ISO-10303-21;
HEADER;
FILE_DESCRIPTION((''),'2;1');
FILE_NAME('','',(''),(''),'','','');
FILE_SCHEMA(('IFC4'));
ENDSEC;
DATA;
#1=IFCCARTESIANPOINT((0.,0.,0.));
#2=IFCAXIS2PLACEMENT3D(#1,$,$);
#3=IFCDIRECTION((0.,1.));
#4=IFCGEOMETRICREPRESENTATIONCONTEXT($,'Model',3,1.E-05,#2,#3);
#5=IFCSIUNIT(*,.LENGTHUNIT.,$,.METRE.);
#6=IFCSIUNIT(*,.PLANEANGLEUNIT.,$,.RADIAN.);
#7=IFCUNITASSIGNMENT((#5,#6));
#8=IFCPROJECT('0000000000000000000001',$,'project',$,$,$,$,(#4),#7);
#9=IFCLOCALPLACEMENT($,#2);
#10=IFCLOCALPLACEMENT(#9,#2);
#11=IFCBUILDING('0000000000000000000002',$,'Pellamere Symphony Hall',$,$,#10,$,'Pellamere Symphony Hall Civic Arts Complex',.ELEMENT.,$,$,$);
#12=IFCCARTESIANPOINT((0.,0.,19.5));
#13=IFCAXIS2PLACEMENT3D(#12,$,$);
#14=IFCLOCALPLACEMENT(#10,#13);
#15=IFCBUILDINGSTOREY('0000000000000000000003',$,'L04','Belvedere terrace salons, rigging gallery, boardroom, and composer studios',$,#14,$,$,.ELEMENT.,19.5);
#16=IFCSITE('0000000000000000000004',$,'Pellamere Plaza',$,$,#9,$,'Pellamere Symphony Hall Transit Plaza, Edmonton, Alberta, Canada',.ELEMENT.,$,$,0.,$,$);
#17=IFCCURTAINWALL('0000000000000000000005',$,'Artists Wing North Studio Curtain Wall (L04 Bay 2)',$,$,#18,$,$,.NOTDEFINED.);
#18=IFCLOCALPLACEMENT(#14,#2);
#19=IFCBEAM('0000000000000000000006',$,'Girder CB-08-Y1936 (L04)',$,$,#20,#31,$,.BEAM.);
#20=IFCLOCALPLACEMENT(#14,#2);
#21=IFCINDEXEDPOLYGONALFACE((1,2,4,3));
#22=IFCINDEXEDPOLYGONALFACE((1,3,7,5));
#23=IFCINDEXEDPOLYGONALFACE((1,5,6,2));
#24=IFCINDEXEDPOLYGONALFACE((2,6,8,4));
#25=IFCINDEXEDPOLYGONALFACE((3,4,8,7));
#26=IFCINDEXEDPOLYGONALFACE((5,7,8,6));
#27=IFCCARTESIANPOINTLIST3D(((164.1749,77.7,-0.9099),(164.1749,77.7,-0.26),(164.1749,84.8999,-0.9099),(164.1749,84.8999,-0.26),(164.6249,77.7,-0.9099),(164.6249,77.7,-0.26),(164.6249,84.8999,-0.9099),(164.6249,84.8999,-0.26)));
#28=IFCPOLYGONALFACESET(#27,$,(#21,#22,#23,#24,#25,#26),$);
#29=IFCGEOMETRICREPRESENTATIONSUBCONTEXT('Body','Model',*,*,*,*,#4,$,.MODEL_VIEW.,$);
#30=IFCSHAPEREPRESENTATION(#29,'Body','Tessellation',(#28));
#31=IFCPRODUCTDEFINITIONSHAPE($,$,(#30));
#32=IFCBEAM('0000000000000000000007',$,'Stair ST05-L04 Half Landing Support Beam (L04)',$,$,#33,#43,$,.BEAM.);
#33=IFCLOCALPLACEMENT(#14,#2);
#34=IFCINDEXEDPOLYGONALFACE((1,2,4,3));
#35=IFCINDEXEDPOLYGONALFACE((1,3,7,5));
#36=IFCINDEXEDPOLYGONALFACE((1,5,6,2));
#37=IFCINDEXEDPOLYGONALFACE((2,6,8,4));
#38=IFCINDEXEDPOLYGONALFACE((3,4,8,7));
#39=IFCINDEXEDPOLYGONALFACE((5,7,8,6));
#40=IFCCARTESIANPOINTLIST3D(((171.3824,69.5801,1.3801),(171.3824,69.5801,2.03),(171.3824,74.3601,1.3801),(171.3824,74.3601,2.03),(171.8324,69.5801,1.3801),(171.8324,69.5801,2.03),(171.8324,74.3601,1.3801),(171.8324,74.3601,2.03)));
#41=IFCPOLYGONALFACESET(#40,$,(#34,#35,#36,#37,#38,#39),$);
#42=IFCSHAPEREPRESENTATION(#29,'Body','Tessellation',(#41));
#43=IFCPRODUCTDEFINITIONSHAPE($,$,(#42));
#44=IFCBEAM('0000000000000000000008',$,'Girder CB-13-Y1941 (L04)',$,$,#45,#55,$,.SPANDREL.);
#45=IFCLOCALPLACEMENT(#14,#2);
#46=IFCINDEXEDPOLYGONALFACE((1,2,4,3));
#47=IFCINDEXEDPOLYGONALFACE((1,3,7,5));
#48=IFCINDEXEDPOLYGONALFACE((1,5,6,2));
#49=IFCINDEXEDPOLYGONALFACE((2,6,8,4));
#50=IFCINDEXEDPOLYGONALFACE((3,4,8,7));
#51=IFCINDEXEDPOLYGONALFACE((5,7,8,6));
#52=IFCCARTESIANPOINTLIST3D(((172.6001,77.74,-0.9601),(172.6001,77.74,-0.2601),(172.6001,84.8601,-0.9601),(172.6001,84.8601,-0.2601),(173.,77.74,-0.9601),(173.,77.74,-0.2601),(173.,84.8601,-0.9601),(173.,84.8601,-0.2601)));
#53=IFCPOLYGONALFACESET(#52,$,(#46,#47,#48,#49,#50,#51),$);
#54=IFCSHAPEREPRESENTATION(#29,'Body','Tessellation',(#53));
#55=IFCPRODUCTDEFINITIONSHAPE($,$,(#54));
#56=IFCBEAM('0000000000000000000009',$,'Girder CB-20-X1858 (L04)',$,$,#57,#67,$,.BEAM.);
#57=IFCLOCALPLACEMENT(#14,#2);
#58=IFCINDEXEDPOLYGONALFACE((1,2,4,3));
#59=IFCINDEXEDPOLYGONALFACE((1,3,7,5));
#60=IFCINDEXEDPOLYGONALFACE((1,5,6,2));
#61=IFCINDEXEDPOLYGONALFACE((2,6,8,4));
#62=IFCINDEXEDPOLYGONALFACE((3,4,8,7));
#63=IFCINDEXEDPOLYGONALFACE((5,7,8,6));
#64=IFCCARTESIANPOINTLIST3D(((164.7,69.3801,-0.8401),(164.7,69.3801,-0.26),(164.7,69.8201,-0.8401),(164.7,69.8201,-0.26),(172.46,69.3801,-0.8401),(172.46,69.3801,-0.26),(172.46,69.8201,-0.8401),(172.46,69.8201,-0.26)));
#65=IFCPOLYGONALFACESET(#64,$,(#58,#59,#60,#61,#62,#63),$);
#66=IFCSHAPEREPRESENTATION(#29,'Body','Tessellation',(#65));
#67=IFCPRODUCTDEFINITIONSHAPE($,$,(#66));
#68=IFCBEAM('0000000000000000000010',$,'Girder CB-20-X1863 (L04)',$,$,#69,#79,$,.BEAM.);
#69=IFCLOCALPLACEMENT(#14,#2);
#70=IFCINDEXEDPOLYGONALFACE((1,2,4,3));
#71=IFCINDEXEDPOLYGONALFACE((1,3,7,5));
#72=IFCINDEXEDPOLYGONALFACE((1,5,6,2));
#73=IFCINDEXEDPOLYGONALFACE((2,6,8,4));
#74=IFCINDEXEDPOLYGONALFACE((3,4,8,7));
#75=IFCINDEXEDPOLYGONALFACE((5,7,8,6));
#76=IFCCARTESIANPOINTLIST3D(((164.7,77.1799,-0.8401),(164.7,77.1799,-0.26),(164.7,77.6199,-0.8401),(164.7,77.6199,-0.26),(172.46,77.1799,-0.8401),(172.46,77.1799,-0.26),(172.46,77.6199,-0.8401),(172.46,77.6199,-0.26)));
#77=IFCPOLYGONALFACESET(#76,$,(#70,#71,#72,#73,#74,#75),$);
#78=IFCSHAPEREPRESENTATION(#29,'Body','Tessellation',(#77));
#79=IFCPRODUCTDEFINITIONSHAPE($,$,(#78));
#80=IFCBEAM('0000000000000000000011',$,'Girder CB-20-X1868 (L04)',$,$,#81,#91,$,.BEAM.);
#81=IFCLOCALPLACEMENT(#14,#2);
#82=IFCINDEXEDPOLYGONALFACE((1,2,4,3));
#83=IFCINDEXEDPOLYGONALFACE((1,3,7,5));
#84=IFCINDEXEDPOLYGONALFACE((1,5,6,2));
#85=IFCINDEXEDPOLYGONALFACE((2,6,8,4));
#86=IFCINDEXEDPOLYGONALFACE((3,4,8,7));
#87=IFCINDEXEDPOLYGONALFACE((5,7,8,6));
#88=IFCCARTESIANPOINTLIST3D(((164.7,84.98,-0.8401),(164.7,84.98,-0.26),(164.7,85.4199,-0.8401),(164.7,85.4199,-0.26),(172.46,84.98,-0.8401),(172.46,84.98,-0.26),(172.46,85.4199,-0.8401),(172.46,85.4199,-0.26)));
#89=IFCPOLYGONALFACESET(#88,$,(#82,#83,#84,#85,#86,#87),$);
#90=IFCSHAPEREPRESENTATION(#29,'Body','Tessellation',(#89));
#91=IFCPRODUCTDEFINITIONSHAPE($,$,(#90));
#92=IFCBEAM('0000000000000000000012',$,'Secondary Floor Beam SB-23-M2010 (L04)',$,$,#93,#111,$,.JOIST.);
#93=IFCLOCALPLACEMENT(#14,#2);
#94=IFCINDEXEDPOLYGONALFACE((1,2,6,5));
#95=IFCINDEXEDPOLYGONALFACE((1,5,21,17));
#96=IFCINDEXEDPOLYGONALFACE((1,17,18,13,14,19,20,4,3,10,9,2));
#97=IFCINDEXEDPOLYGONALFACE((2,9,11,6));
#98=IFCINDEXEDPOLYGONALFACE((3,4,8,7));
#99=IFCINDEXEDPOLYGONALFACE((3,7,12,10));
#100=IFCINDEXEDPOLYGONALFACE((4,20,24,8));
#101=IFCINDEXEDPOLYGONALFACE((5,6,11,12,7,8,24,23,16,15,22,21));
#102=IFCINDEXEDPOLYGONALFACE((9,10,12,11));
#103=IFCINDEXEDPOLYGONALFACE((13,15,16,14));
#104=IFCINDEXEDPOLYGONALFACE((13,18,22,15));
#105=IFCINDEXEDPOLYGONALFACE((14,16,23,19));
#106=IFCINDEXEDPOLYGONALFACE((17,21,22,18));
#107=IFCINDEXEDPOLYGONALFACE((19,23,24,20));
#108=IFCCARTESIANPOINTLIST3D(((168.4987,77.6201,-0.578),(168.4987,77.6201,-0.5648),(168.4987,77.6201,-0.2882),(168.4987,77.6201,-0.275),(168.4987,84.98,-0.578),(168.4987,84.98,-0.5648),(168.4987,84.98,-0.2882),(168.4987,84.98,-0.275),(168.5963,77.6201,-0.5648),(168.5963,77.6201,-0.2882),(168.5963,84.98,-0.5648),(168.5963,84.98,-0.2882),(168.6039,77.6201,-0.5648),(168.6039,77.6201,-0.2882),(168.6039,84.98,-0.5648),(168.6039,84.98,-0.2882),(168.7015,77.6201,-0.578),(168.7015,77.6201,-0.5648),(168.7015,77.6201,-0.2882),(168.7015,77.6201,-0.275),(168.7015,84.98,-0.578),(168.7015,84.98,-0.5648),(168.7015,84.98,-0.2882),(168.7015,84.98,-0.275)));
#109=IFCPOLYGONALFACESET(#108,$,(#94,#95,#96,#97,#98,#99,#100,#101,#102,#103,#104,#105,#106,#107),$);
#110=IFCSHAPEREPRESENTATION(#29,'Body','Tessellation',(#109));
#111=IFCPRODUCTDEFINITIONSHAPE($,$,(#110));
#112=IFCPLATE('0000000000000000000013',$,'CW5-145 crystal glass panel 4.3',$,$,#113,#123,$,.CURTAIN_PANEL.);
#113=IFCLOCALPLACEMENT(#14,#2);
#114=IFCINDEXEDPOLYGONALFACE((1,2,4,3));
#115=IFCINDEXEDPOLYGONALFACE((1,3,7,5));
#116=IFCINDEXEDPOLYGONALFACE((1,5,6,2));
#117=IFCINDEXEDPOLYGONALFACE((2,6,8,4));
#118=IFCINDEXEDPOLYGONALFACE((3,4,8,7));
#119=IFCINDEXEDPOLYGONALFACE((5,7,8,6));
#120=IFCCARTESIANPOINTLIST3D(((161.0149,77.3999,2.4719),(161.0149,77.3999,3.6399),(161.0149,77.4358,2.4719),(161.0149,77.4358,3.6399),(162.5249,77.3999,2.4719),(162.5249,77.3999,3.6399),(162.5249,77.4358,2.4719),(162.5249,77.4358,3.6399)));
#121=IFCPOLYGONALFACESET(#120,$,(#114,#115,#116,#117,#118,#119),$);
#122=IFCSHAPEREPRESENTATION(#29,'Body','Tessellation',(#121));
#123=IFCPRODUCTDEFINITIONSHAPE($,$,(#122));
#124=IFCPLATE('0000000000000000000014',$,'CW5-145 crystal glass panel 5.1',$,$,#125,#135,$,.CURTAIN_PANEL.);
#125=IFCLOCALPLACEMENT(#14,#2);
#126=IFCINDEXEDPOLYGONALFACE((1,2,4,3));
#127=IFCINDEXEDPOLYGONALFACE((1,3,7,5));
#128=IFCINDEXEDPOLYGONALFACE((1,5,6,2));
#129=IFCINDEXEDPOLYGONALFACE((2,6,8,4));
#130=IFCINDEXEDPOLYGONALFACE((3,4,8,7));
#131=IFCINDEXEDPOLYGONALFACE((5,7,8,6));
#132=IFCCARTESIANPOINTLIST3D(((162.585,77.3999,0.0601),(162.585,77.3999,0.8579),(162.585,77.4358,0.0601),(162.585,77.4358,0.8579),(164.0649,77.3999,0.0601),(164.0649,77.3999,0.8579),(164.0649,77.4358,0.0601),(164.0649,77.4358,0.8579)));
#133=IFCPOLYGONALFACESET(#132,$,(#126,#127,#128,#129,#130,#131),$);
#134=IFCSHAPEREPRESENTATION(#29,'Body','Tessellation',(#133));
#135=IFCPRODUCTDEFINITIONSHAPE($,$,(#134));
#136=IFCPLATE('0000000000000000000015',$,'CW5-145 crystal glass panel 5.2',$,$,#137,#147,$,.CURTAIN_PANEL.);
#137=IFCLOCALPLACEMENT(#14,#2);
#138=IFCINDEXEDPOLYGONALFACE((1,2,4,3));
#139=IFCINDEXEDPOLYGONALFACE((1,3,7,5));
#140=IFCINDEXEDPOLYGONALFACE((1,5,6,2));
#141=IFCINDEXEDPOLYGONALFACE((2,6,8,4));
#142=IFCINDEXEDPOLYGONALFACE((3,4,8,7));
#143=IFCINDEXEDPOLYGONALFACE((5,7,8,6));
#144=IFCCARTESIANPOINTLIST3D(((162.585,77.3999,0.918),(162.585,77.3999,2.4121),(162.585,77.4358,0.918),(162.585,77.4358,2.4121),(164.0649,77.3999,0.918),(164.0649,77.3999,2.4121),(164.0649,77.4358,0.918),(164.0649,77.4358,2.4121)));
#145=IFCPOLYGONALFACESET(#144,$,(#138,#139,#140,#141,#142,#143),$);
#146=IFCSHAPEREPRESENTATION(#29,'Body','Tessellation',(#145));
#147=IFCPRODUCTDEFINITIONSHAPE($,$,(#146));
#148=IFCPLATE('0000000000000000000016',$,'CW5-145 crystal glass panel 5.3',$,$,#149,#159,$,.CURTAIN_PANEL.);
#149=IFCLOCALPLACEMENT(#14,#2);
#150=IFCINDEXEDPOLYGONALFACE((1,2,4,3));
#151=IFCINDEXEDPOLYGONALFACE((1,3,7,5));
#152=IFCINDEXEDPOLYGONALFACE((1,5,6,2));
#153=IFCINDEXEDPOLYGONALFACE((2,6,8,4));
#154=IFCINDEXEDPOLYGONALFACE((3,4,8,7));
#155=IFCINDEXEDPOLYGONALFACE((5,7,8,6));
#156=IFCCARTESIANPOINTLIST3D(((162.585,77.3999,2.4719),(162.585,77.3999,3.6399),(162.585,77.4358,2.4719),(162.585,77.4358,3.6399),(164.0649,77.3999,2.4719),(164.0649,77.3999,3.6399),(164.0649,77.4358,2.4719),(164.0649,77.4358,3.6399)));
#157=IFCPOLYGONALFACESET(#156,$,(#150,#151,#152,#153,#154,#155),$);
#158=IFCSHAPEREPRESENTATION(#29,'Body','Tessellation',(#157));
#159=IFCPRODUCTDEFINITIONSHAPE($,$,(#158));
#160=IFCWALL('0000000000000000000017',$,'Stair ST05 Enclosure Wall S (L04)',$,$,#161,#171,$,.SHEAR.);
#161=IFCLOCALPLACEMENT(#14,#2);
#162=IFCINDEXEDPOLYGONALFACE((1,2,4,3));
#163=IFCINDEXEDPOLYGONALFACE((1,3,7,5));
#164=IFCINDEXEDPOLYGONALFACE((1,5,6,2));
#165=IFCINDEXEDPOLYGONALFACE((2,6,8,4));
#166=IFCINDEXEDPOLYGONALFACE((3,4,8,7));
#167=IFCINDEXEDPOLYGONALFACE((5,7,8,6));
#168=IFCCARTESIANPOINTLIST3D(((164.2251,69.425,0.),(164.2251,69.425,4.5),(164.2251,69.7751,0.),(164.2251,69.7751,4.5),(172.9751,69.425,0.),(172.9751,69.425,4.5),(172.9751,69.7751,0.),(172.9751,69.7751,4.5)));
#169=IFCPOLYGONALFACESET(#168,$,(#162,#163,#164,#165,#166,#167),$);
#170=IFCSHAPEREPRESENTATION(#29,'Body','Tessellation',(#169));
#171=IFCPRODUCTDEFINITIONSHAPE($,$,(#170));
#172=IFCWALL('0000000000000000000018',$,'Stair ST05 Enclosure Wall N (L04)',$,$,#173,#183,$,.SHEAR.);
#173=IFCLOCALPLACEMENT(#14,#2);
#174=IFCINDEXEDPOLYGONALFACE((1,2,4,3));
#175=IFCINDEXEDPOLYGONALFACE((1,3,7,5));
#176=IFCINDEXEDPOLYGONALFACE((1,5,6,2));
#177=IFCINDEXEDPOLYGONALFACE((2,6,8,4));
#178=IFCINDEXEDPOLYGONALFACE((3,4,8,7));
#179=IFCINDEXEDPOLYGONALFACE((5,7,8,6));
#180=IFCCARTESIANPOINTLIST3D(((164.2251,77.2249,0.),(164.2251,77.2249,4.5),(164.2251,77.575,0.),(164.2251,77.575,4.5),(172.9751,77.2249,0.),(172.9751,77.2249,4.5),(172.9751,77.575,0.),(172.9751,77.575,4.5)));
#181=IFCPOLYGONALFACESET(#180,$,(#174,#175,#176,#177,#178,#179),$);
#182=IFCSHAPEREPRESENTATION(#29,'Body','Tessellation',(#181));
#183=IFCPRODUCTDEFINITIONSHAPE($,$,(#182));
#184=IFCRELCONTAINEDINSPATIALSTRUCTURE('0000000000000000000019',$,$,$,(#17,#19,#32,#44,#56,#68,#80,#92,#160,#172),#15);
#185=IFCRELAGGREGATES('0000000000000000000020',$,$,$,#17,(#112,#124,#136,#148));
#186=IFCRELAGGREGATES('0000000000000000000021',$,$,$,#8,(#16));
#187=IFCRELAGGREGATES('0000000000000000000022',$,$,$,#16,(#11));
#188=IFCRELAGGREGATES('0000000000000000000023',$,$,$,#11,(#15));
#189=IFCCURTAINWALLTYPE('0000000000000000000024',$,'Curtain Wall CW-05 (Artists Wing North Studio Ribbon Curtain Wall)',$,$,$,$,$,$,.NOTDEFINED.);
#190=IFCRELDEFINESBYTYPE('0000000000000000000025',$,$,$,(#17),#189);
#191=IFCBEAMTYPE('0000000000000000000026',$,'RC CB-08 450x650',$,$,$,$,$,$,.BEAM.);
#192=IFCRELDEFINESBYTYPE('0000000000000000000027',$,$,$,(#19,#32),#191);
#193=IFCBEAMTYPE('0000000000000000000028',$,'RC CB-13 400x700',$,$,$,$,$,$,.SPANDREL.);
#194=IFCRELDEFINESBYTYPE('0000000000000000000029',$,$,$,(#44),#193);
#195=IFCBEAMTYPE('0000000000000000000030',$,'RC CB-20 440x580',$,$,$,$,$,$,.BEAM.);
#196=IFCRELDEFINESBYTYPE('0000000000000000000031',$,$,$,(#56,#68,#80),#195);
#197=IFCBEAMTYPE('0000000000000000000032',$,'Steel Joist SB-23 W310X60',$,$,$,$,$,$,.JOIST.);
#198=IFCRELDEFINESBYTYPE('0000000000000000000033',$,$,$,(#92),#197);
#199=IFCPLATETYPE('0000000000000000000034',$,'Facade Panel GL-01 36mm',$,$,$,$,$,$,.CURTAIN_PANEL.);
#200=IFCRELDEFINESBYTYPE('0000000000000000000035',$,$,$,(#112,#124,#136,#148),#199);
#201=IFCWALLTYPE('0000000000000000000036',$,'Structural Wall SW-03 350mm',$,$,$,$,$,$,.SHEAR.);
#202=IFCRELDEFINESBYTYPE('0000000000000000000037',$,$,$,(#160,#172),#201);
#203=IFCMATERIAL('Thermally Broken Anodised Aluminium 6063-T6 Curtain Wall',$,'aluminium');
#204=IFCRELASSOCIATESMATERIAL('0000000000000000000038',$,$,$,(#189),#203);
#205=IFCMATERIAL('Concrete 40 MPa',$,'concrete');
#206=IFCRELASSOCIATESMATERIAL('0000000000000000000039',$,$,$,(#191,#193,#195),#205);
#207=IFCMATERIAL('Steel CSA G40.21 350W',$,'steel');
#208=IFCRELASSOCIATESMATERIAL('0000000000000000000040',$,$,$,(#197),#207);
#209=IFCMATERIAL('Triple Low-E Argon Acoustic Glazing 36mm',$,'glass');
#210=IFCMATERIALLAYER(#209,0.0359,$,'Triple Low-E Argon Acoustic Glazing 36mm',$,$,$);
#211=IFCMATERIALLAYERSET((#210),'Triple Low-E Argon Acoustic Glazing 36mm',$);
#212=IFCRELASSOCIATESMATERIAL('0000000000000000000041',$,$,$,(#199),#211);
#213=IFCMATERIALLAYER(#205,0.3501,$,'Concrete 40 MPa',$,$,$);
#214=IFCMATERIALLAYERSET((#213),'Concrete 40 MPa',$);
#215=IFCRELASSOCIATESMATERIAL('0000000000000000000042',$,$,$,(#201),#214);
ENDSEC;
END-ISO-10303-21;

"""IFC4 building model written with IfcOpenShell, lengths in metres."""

from ifc_helpers import new_model, si_unit, direction, frame, frame_2d, origin, origin_2d, place, context, subcontext, project, spatial, polyline, rectangle, i_section, outline, extrude, material, layer, layer_set, material_profile, profile_set, type_object, element, aggregate, save


model = new_model("IFC4")

# Units and contexts
model_context = context("Model", 3, precision=1e-05, world=origin(), true_north=direction((0.0, 1.0)))
body_context = subcontext(model_context, "Body", "Model", "MODEL_VIEW")
ifc_project = project(units=[si_unit("LENGTHUNIT", "METRE"), si_unit("PLANEANGLEUNIT", "RADIAN")], contexts=[model_context])

# Site, building, storey
site_placement = place(None, origin())
site = spatial("IfcSite", under=ifc_project, at=site_placement, Name="Pellamere Plaza", LongName="Pellamere Symphony Hall Transit Plaza, Edmonton, Alberta, Canada", CompositionType="ELEMENT", RefElevation=0.0)
building_placement = place(site_placement, origin())
building = spatial("IfcBuilding", under=site, at=building_placement, Name="Pellamere Symphony Hall", LongName="Pellamere Symphony Hall Civic Arts Complex", CompositionType="ELEMENT")
storey_placement = place(building_placement, frame((0.0, 0.0, 19.5)))
storey = spatial("IfcBuildingStorey", under=building, at=storey_placement, Name="L04", Description="Belvedere terrace salons, rigging gallery, boardroom, and composer studios", CompositionType="ELEMENT", Elevation=19.5)

# Curtain wall
ifc_material_1 = material(Name="Thermally Broken Anodised Aluminium 6063-T6 Curtain Wall", Category="aluminium")
curtain_wall_type = type_object("IfcCurtainWallType", Name="Curtain Wall CW-05 (Artists Wing North Studio Ribbon Curtain Wall)", PredefinedType="NOTDEFINED", material=ifc_material_1)
curtain_wall_placement = place(storey_placement, origin())
curtain_wall = element("IfcCurtainWall", 1, at=curtain_wall_placement, inside=storey, type_object=curtain_wall_type, Name="Artists Wing North Studio Curtain Wall (L04 Bay 2)", PredefinedType="NOTDEFINED")

# Beams
ifc_material_2 = material(Name="Concrete 40 MPa", Category="concrete")
ifc_material_profile_1 = material_profile(ifc_material_2, rectangle(XDim=0.45, YDim=0.6499, at=origin_2d()), Name="RC 450x650")
ifc_profile_set_1 = profile_set([ifc_material_profile_1], Name="Concrete 40 MPa")
beam_type_1 = type_object("IfcBeamType", Name="RC CB-08 450x650", PredefinedType="BEAM", material=ifc_profile_set_1)
beam_1_placement = place(storey_placement, frame((164.3999, 77.7, -0.585), z_axis=(0.0, 1.0, 0.0), x_axis=(-1.0, 0.0, 0.0)))
element("IfcBeam", 2, at=beam_1_placement, inside=storey, type_object=beam_type_1, Name="Girder CB-08-Y1936 (L04)", PredefinedType="BEAM", context=body_context, shape_type="SweptSolid", body=[
    extrude(rectangle(XDim=0.45, YDim=0.6499, at=origin_2d()), origin(), (0.0, 0.0, 1.0), 7.2),
])
beam_2_placement = place(storey_placement, frame((171.6074, 69.5801, 1.7051), z_axis=(0.0, 1.0, 0.0), x_axis=(-1.0, 0.0, 0.0)))
element("IfcBeam", 3, at=beam_2_placement, inside=storey, type_object=beam_type_1, Name="Stair ST05-L04 Half Landing Support Beam (L04)", PredefinedType="BEAM", context=body_context, shape_type="SweptSolid", body=[
    extrude(rectangle(XDim=0.45, YDim=0.6499, at=origin_2d()), origin(), (0.0, 0.0, 1.0), 4.78),
])
ifc_material_profile_2 = material_profile(ifc_material_2, rectangle(XDim=0.3999, YDim=0.7, at=origin_2d()), Name="RC 400x700")
ifc_profile_set_2 = profile_set([ifc_material_profile_2], Name="Concrete 40 MPa")
beam_type_2 = type_object("IfcBeamType", Name="RC CB-13 400x700", PredefinedType="SPANDREL", material=ifc_profile_set_2)
beam_3_placement = place(storey_placement, frame((172.8, 77.74, -0.6101), z_axis=(0.0, 1.0, 0.0), x_axis=(-1.0, 0.0, 0.0)))
element("IfcBeam", 4, at=beam_3_placement, inside=storey, type_object=beam_type_2, Name="Girder CB-13-Y1941 (L04)", PredefinedType="SPANDREL", context=body_context, shape_type="SweptSolid", body=[
    extrude(rectangle(XDim=0.3999, YDim=0.7, at=origin_2d()), origin(), (0.0, 0.0, 1.0), 7.1201),
])
ifc_material_profile_3 = material_profile(ifc_material_2, rectangle(XDim=0.4399, YDim=0.5801, at=origin_2d()), Name="RC 440x580")
ifc_profile_set_3 = profile_set([ifc_material_profile_3], Name="Concrete 40 MPa")
beam_type_3 = type_object("IfcBeamType", Name="RC CB-20 440x580", PredefinedType="BEAM", material=ifc_profile_set_3)
for number, where, z_axis, x_axis, name in (
    (5, (164.7, 69.6001, -0.55), (1.0, 0.0, 0.0), (0.0, 1.0, 0.0), "Girder CB-20-X1858 (L04)"),
    (6, (164.7, 77.3999, -0.55), (1.0, 0.0, 0.0), (0.0, 1.0, 0.0), "Girder CB-20-X1863 (L04)"),
    (7, (164.7, 85.2, -0.55), (1.0, 0.0, 0.0), (0.0, 1.0, 0.0), "Girder CB-20-X1868 (L04)"),
):
    element("IfcBeam", number, at=place(storey_placement, frame(where, z_axis=z_axis, x_axis=x_axis)), inside=storey, type_object=beam_type_3, Name=name, PredefinedType="BEAM", context=body_context, shape_type="SweptSolid", body=[
        extrude(rectangle(XDim=0.4399, YDim=0.5801, at=origin_2d()), origin(), (0.0, 0.0, 1.0), 7.76),
    ])
ifc_material_3 = material(Name="Steel CSA G40.21 350W", Category="steel")
ifc_material_profile_4 = material_profile(ifc_material_3, i_section(OverallWidth=0.2029, OverallDepth=0.303, WebThickness=0.0076, FlangeThickness=0.0132, at=origin_2d()), Name="W310X60")
ifc_profile_set_4 = profile_set([ifc_material_profile_4], Name="Steel CSA G40.21 350W")
beam_type_4 = type_object("IfcBeamType", Name="Steel Joist SB-23 W310X60", PredefinedType="JOIST", material=ifc_profile_set_4)
beam_4_placement = place(storey_placement, frame((168.6001, 77.6201, -0.4265), z_axis=(0.0, 1.0, 0.0), x_axis=(-1.0, 0.0, 0.0)))
element("IfcBeam", 8, at=beam_4_placement, inside=storey, type_object=beam_type_4, Name="Secondary Floor Beam SB-23-M2010 (L04)", PredefinedType="JOIST", context=body_context, shape_type="SweptSolid", body=[
    extrude(i_section(OverallWidth=0.2029, OverallDepth=0.303, WebThickness=0.0076, FlangeThickness=0.0132, at=origin_2d()), origin(), (0.0, 0.0, 1.0), 7.3599),
])

# Plates
ifc_material_4 = material(Name="Triple Low-E Argon Acoustic Glazing 36mm", Category="glass")
ifc_layer_1 = layer(ifc_material_4, 0.0359, Name="Triple Low-E Argon Acoustic Glazing 36mm")
ifc_layer_set_1 = layer_set([ifc_layer_1], Name="Triple Low-E Argon Acoustic Glazing 36mm")
plate_type = type_object("IfcPlateType", Name="Facade Panel GL-01 36mm", PredefinedType="CURTAIN_PANEL", material=ifc_layer_set_1)
plate_1_placement = place(storey_placement, frame((161.0149, 77.3999, 2.4719), z_axis=(0.0, -1.0, 0.0), x_axis=(1.0, 0.0, 0.0)))
plate_1 = element("IfcPlate", 9, at=plate_1_placement, type_object=plate_type, Name="CW5-145 crystal glass panel 4.3", PredefinedType="CURTAIN_PANEL", context=body_context, shape_type="SweptSolid", body=[
    extrude(outline(polyline([(0.0, 0.0), (1.51, 0.0), (1.51, 1.168), (0.0, 1.168), (0.0, 0.0)])), origin(), (0.0, 0.0, -1.0), 0.0359),
])
plate_2_placement = place(storey_placement, frame((162.585, 77.3999, 0.0601), z_axis=(0.0, -1.0, 0.0), x_axis=(1.0, 0.0, 0.0)))
plate_2 = element("IfcPlate", 10, at=plate_2_placement, type_object=plate_type, Name="CW5-145 crystal glass panel 5.1", PredefinedType="CURTAIN_PANEL", context=body_context, shape_type="SweptSolid", body=[
    extrude(outline(polyline([(0.0, 0.0), (1.48, 0.0), (1.48, 0.7979), (0.0, 0.7979), (0.0, 0.0)])), origin(), (0.0, 0.0, -1.0), 0.0359),
])
plate_3_placement = place(storey_placement, frame((162.585, 77.3999, 0.918), z_axis=(0.0, -1.0, 0.0), x_axis=(1.0, 0.0, 0.0)))
plate_3 = element("IfcPlate", 11, at=plate_3_placement, type_object=plate_type, Name="CW5-145 crystal glass panel 5.2", PredefinedType="CURTAIN_PANEL", context=body_context, shape_type="SweptSolid", body=[
    extrude(outline(polyline([(0.0, 0.0), (1.48, 0.0), (1.48, 1.4941), (0.0, 1.4941), (0.0, 0.0)])), origin(), (0.0, 0.0, -1.0), 0.0359),
])
plate_4_placement = place(storey_placement, frame((162.585, 77.3999, 2.4719), z_axis=(0.0, -1.0, 0.0), x_axis=(1.0, 0.0, 0.0)))
plate_4 = element("IfcPlate", 12, at=plate_4_placement, type_object=plate_type, Name="CW5-145 crystal glass panel 5.3", PredefinedType="CURTAIN_PANEL", context=body_context, shape_type="SweptSolid", body=[
    extrude(outline(polyline([(0.0, 0.0), (1.48, 0.0), (1.48, 1.168), (0.0, 1.168), (0.0, 0.0)])), origin(), (0.0, 0.0, -1.0), 0.0359),
])
aggregate(curtain_wall, [plate_1, plate_2, plate_3, plate_4])

# Walls
ifc_layer_2 = layer(ifc_material_2, 0.3501, Name="Concrete 40 MPa")
ifc_layer_set_2 = layer_set([ifc_layer_2], Name="Concrete 40 MPa")
wall_type_1 = type_object("IfcWallType", Name="Structural Wall SW-03 350mm", PredefinedType="SHEAR", material=ifc_layer_set_2)
for number, where, z_axis, x_axis, name in (
    (13, (164.2251, 69.6001, 0.0), (0.0, 0.0, 1.0), (1.0, 0.0, 0.0), "Stair ST05 Enclosure Wall S (L04)"),
    (14, (164.2251, 77.3999, 0.0), (0.0, 0.0, 1.0), (1.0, 0.0, 0.0), "Stair ST05 Enclosure Wall N (L04)"),
):
    element("IfcWall", number, at=place(storey_placement, frame(where, z_axis=z_axis, x_axis=x_axis)), inside=storey, type_object=wall_type_1, Name=name, PredefinedType="SHEAR", context=body_context, shape_type="SweptSolid", body=[
        extrude(rectangle(XDim=8.75, YDim=0.3501, at=frame_2d((4.375, 0.0))), origin(), (0.0, 0.0, 1.0), 4.5),
    ])

save(model, "model.ifc")
